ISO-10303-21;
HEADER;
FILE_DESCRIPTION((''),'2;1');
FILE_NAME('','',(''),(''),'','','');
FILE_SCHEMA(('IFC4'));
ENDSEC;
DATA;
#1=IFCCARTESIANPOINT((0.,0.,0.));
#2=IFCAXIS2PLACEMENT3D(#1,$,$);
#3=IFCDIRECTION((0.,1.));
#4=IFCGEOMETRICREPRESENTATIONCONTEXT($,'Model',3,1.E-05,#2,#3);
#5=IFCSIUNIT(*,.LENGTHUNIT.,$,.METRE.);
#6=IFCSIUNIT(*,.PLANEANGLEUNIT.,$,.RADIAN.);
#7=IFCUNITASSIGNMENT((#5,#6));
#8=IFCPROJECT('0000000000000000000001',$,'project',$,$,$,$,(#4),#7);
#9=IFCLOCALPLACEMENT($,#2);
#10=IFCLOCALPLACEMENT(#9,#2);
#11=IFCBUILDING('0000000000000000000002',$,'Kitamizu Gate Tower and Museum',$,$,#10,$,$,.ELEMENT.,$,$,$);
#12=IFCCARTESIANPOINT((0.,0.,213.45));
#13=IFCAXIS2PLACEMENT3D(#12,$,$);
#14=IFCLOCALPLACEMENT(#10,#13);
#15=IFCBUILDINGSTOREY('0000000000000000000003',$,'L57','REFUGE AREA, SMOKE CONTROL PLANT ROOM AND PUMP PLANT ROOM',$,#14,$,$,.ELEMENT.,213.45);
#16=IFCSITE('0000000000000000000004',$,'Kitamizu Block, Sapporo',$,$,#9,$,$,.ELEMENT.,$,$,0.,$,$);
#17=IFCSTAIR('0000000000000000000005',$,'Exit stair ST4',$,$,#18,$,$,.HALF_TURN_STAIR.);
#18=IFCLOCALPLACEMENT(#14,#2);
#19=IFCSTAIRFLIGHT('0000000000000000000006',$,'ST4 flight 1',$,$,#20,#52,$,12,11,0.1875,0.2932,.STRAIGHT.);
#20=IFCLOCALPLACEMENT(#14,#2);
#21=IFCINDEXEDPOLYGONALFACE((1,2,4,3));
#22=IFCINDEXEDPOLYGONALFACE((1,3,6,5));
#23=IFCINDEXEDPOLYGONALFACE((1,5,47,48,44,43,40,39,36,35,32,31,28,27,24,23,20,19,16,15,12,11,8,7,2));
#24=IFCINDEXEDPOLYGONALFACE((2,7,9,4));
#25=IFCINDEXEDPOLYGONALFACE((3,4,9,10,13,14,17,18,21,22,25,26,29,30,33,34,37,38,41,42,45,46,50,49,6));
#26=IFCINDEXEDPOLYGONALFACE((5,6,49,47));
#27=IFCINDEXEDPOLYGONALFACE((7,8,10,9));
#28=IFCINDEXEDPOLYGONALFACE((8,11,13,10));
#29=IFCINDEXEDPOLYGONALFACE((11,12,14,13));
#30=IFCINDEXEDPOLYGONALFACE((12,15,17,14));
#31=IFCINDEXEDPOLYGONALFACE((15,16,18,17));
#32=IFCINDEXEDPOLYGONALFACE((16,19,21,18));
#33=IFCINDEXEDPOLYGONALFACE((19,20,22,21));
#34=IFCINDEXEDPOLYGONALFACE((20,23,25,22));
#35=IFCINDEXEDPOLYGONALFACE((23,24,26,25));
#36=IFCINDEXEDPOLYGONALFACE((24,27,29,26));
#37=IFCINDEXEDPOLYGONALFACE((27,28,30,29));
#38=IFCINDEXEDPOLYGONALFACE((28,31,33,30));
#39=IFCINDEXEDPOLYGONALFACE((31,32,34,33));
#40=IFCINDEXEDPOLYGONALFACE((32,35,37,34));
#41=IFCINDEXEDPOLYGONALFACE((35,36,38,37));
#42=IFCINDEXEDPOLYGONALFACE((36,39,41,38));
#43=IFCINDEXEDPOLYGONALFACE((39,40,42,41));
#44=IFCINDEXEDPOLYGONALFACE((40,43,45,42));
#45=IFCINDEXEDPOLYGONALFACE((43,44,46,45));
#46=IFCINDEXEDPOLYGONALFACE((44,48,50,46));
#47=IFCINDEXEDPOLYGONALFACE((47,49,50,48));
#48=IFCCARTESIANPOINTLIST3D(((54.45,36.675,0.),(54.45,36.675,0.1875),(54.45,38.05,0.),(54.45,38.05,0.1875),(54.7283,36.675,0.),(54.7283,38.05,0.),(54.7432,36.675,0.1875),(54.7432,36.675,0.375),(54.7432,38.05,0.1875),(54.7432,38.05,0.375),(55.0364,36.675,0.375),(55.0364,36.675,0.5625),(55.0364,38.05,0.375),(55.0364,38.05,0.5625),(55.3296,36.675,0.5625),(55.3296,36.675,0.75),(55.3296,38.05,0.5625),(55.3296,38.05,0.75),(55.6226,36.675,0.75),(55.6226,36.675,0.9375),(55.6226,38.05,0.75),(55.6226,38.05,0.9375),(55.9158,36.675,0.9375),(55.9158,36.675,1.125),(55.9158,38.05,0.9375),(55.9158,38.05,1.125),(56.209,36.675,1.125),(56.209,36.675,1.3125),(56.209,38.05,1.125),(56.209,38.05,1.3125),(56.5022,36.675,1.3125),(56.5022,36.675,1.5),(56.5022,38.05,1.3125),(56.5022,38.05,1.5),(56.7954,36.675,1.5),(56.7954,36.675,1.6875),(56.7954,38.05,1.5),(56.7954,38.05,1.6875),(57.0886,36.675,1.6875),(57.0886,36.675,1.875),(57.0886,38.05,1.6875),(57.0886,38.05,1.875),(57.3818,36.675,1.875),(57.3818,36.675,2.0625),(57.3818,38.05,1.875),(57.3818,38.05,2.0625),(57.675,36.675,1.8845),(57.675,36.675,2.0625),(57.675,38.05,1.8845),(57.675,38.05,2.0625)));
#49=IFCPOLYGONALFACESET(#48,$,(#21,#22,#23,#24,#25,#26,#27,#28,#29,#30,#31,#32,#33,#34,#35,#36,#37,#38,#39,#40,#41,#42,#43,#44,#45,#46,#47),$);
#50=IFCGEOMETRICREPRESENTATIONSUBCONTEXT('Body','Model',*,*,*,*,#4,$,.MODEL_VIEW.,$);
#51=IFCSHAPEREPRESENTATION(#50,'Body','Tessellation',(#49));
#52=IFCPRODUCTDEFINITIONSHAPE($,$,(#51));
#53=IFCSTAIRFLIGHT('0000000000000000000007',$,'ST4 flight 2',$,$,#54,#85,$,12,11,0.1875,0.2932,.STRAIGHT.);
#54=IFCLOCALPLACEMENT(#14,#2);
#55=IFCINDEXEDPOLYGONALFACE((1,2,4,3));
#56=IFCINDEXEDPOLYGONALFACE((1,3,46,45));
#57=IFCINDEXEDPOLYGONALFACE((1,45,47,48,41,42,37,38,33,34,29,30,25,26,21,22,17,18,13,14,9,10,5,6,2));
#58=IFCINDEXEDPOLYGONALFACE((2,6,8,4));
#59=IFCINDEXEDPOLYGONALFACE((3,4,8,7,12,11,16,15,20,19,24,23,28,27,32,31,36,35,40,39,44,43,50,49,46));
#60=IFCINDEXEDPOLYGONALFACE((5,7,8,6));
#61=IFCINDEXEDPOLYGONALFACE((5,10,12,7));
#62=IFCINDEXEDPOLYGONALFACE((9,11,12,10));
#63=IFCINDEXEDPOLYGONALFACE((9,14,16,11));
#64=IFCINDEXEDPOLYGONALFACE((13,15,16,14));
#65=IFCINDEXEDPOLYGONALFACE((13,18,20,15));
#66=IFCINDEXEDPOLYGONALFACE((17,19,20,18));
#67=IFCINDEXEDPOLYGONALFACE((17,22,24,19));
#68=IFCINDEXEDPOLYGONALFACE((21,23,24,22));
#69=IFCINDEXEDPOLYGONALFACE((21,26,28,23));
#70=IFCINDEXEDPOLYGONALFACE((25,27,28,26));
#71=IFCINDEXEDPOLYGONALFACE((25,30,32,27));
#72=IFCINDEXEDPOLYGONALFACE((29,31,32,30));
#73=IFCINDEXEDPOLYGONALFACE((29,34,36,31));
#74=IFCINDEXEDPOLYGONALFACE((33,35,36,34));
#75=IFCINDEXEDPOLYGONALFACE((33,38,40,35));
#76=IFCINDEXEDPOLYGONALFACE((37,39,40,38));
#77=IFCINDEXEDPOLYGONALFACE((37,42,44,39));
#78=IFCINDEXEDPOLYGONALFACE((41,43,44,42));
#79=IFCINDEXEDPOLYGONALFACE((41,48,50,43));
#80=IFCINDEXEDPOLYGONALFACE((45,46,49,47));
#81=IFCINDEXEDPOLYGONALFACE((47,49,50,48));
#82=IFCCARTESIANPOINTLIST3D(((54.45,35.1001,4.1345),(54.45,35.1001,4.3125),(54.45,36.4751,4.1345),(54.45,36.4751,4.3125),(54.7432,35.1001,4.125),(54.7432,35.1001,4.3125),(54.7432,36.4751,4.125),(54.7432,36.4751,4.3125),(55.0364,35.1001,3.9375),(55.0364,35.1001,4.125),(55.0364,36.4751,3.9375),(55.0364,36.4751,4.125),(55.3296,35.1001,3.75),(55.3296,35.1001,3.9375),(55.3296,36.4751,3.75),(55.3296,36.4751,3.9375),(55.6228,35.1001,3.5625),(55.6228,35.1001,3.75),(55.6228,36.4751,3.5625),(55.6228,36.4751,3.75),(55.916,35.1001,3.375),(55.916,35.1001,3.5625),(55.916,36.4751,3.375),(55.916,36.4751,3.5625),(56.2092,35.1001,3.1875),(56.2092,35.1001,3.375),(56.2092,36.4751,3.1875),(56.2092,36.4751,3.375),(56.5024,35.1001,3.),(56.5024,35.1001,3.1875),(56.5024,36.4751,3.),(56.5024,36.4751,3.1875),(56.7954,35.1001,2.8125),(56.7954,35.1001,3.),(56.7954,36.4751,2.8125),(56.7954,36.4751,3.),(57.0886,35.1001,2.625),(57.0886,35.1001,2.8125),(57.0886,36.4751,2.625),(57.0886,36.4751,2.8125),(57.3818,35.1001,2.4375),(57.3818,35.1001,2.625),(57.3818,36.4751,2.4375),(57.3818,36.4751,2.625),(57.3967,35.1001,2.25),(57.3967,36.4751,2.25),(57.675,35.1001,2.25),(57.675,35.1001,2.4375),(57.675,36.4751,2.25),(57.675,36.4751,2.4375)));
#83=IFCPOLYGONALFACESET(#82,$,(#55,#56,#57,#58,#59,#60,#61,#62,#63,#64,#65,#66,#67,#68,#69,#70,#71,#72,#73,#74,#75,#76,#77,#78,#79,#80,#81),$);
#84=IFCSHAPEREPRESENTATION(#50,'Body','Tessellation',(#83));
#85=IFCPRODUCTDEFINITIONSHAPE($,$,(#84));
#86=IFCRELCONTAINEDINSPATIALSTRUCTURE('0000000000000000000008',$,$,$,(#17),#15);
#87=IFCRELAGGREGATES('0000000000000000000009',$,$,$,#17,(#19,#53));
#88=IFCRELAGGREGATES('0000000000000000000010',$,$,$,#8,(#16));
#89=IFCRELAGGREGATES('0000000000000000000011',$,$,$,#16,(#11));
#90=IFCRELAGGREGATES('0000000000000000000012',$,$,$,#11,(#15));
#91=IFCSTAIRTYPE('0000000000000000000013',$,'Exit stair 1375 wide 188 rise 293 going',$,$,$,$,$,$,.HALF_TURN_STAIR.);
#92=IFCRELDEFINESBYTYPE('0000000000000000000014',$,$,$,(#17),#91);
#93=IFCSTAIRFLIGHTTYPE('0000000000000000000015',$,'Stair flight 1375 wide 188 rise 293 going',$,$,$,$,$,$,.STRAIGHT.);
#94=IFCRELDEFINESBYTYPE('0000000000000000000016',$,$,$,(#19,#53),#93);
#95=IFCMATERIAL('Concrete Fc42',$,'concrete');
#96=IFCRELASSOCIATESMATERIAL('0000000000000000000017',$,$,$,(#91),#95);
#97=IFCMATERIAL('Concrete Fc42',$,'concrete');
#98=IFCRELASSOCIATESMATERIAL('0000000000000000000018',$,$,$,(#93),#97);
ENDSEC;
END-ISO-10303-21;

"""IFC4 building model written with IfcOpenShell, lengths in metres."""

from ifc_helpers import new_model, si_unit, direction, frame, origin, place, context, subcontext, project, spatial, polyline, outline, extrude, material, type_object, element, aggregate, save


model = new_model("IFC4")

# Units and contexts
model_context = context("Model", 3, precision=1e-05, world=origin(), true_north=direction((0.0, 1.0)))
body_context = subcontext(model_context, "Body", "Model", "MODEL_VIEW")
ifc_project = project(units=[si_unit("LENGTHUNIT", "METRE"), si_unit("PLANEANGLEUNIT", "RADIAN")], contexts=[model_context])

# Site, building, storey
site_placement = place(None, origin())
site = spatial("IfcSite", under=ifc_project, at=site_placement, Name="Kitamizu Block, Sapporo", CompositionType="ELEMENT", RefElevation=0.0)
building_placement = place(site_placement, origin())
building = spatial("IfcBuilding", under=site, at=building_placement, Name="Kitamizu Gate Tower and Museum", CompositionType="ELEMENT")
storey_placement = place(building_placement, frame((0.0, 0.0, 213.45)))
storey = spatial("IfcBuildingStorey", under=building, at=storey_placement, Name="L57", Description="REFUGE AREA, SMOKE CONTROL PLANT ROOM AND PUMP PLANT ROOM", CompositionType="ELEMENT", Elevation=213.45)

# Stair, stair flights
ifc_material_1 = material(Name="Concrete Fc42", Category="concrete")
stair_type = type_object("IfcStairType", Name="Exit stair 1375 wide 188 rise 293 going", PredefinedType="HALF_TURN_STAIR", material=ifc_material_1)
stair_placement = place(storey_placement, origin())
stair = element("IfcStair", 1, at=stair_placement, inside=storey, type_object=stair_type, Name="Exit stair ST4", PredefinedType="HALF_TURN_STAIR")
ifc_material_2 = material(Name="Concrete Fc42", Category="concrete")
stair_flight_type = type_object("IfcStairFlightType", Name="Stair flight 1375 wide 188 rise 293 going", PredefinedType="STRAIGHT", material=ifc_material_2)
stair_flight_1_placement = place(storey_placement, frame((54.45, 37.3625, 0.0), z_axis=(0.0, 0.0, 1.0), x_axis=(1.0, 0.0, 0.0)))
stair_flight_1 = element("IfcStairFlight", 2, at=stair_flight_1_placement, type_object=stair_flight_type, Name="ST4 flight 1", NumberOfRisers=12, NumberOfTreads=11, PredefinedType="STRAIGHT", RiserHeight=0.1875, TreadLength=0.2932, context=body_context, shape_type="SweptSolid", body=[
    extrude(outline(polyline([(0.0, 0.0), (0.0, 0.1875), (0.2932, 0.1875), (0.2932, 0.375), (0.5864, 0.375), (0.5864, 0.5625), (0.8796, 0.5625), (0.8796, 0.75), (1.1726, 0.75), (1.1726, 0.9375), (1.4658, 0.9375), (1.4658, 1.125), (1.759, 1.125), (1.759, 1.3125), (2.0522, 1.3125), (2.0522, 1.5), (2.3455, 1.5), (2.3455, 1.6875), (2.6387, 1.6875), (2.6387, 1.875), (2.9319, 1.875), (2.9319, 2.0625), (3.2251, 2.0625), (3.2251, 2.25), (3.2251, 1.8845), (0.2783, 0.0), (0.0, 0.0)])), frame((0.0, 0.6875, 0.0), z_axis=(0.0, -1.0, 0.0), x_axis=(1.0, 0.0, 0.0)), (0.0, 0.0, 1.0), 1.375),
])
stair_flight_2_placement = place(storey_placement, frame((57.675, 35.7876, 2.25), z_axis=(0.0, 0.0, 1.0), x_axis=(-1.0, 0.0, 0.0)))
stair_flight_2 = element("IfcStairFlight", 3, at=stair_flight_2_placement, type_object=stair_flight_type, Name="ST4 flight 2", NumberOfRisers=12, NumberOfTreads=11, PredefinedType="STRAIGHT", RiserHeight=0.1875, TreadLength=0.2932, context=body_context, shape_type="SweptSolid", body=[
    extrude(outline(polyline([(0.0, 0.0), (0.0, 0.1875), (0.2932, 0.1875), (0.2932, 0.375), (0.5864, 0.375), (0.5864, 0.5625), (0.8796, 0.5625), (0.8796, 0.75), (1.1726, 0.75), (1.1726, 0.9375), (1.4658, 0.9375), (1.4658, 1.125), (1.759, 1.125), (1.759, 1.3125), (2.0522, 1.3125), (2.0522, 1.5), (2.3455, 1.5), (2.3455, 1.6875), (2.6387, 1.6875), (2.6387, 1.875), (2.9319, 1.875), (2.9319, 2.0625), (3.2251, 2.0625), (3.2251, 2.25), (3.2251, 1.8845), (0.2783, 0.0), (0.0, 0.0)])), frame((0.0, 0.6875, 0.0), z_axis=(0.0, -1.0, 0.0), x_axis=(1.0, 0.0, 0.0)), (0.0, 0.0, 1.0), 1.375),
])
aggregate(stair, [stair_flight_1, stair_flight_2])

save(model, "model.ifc")
